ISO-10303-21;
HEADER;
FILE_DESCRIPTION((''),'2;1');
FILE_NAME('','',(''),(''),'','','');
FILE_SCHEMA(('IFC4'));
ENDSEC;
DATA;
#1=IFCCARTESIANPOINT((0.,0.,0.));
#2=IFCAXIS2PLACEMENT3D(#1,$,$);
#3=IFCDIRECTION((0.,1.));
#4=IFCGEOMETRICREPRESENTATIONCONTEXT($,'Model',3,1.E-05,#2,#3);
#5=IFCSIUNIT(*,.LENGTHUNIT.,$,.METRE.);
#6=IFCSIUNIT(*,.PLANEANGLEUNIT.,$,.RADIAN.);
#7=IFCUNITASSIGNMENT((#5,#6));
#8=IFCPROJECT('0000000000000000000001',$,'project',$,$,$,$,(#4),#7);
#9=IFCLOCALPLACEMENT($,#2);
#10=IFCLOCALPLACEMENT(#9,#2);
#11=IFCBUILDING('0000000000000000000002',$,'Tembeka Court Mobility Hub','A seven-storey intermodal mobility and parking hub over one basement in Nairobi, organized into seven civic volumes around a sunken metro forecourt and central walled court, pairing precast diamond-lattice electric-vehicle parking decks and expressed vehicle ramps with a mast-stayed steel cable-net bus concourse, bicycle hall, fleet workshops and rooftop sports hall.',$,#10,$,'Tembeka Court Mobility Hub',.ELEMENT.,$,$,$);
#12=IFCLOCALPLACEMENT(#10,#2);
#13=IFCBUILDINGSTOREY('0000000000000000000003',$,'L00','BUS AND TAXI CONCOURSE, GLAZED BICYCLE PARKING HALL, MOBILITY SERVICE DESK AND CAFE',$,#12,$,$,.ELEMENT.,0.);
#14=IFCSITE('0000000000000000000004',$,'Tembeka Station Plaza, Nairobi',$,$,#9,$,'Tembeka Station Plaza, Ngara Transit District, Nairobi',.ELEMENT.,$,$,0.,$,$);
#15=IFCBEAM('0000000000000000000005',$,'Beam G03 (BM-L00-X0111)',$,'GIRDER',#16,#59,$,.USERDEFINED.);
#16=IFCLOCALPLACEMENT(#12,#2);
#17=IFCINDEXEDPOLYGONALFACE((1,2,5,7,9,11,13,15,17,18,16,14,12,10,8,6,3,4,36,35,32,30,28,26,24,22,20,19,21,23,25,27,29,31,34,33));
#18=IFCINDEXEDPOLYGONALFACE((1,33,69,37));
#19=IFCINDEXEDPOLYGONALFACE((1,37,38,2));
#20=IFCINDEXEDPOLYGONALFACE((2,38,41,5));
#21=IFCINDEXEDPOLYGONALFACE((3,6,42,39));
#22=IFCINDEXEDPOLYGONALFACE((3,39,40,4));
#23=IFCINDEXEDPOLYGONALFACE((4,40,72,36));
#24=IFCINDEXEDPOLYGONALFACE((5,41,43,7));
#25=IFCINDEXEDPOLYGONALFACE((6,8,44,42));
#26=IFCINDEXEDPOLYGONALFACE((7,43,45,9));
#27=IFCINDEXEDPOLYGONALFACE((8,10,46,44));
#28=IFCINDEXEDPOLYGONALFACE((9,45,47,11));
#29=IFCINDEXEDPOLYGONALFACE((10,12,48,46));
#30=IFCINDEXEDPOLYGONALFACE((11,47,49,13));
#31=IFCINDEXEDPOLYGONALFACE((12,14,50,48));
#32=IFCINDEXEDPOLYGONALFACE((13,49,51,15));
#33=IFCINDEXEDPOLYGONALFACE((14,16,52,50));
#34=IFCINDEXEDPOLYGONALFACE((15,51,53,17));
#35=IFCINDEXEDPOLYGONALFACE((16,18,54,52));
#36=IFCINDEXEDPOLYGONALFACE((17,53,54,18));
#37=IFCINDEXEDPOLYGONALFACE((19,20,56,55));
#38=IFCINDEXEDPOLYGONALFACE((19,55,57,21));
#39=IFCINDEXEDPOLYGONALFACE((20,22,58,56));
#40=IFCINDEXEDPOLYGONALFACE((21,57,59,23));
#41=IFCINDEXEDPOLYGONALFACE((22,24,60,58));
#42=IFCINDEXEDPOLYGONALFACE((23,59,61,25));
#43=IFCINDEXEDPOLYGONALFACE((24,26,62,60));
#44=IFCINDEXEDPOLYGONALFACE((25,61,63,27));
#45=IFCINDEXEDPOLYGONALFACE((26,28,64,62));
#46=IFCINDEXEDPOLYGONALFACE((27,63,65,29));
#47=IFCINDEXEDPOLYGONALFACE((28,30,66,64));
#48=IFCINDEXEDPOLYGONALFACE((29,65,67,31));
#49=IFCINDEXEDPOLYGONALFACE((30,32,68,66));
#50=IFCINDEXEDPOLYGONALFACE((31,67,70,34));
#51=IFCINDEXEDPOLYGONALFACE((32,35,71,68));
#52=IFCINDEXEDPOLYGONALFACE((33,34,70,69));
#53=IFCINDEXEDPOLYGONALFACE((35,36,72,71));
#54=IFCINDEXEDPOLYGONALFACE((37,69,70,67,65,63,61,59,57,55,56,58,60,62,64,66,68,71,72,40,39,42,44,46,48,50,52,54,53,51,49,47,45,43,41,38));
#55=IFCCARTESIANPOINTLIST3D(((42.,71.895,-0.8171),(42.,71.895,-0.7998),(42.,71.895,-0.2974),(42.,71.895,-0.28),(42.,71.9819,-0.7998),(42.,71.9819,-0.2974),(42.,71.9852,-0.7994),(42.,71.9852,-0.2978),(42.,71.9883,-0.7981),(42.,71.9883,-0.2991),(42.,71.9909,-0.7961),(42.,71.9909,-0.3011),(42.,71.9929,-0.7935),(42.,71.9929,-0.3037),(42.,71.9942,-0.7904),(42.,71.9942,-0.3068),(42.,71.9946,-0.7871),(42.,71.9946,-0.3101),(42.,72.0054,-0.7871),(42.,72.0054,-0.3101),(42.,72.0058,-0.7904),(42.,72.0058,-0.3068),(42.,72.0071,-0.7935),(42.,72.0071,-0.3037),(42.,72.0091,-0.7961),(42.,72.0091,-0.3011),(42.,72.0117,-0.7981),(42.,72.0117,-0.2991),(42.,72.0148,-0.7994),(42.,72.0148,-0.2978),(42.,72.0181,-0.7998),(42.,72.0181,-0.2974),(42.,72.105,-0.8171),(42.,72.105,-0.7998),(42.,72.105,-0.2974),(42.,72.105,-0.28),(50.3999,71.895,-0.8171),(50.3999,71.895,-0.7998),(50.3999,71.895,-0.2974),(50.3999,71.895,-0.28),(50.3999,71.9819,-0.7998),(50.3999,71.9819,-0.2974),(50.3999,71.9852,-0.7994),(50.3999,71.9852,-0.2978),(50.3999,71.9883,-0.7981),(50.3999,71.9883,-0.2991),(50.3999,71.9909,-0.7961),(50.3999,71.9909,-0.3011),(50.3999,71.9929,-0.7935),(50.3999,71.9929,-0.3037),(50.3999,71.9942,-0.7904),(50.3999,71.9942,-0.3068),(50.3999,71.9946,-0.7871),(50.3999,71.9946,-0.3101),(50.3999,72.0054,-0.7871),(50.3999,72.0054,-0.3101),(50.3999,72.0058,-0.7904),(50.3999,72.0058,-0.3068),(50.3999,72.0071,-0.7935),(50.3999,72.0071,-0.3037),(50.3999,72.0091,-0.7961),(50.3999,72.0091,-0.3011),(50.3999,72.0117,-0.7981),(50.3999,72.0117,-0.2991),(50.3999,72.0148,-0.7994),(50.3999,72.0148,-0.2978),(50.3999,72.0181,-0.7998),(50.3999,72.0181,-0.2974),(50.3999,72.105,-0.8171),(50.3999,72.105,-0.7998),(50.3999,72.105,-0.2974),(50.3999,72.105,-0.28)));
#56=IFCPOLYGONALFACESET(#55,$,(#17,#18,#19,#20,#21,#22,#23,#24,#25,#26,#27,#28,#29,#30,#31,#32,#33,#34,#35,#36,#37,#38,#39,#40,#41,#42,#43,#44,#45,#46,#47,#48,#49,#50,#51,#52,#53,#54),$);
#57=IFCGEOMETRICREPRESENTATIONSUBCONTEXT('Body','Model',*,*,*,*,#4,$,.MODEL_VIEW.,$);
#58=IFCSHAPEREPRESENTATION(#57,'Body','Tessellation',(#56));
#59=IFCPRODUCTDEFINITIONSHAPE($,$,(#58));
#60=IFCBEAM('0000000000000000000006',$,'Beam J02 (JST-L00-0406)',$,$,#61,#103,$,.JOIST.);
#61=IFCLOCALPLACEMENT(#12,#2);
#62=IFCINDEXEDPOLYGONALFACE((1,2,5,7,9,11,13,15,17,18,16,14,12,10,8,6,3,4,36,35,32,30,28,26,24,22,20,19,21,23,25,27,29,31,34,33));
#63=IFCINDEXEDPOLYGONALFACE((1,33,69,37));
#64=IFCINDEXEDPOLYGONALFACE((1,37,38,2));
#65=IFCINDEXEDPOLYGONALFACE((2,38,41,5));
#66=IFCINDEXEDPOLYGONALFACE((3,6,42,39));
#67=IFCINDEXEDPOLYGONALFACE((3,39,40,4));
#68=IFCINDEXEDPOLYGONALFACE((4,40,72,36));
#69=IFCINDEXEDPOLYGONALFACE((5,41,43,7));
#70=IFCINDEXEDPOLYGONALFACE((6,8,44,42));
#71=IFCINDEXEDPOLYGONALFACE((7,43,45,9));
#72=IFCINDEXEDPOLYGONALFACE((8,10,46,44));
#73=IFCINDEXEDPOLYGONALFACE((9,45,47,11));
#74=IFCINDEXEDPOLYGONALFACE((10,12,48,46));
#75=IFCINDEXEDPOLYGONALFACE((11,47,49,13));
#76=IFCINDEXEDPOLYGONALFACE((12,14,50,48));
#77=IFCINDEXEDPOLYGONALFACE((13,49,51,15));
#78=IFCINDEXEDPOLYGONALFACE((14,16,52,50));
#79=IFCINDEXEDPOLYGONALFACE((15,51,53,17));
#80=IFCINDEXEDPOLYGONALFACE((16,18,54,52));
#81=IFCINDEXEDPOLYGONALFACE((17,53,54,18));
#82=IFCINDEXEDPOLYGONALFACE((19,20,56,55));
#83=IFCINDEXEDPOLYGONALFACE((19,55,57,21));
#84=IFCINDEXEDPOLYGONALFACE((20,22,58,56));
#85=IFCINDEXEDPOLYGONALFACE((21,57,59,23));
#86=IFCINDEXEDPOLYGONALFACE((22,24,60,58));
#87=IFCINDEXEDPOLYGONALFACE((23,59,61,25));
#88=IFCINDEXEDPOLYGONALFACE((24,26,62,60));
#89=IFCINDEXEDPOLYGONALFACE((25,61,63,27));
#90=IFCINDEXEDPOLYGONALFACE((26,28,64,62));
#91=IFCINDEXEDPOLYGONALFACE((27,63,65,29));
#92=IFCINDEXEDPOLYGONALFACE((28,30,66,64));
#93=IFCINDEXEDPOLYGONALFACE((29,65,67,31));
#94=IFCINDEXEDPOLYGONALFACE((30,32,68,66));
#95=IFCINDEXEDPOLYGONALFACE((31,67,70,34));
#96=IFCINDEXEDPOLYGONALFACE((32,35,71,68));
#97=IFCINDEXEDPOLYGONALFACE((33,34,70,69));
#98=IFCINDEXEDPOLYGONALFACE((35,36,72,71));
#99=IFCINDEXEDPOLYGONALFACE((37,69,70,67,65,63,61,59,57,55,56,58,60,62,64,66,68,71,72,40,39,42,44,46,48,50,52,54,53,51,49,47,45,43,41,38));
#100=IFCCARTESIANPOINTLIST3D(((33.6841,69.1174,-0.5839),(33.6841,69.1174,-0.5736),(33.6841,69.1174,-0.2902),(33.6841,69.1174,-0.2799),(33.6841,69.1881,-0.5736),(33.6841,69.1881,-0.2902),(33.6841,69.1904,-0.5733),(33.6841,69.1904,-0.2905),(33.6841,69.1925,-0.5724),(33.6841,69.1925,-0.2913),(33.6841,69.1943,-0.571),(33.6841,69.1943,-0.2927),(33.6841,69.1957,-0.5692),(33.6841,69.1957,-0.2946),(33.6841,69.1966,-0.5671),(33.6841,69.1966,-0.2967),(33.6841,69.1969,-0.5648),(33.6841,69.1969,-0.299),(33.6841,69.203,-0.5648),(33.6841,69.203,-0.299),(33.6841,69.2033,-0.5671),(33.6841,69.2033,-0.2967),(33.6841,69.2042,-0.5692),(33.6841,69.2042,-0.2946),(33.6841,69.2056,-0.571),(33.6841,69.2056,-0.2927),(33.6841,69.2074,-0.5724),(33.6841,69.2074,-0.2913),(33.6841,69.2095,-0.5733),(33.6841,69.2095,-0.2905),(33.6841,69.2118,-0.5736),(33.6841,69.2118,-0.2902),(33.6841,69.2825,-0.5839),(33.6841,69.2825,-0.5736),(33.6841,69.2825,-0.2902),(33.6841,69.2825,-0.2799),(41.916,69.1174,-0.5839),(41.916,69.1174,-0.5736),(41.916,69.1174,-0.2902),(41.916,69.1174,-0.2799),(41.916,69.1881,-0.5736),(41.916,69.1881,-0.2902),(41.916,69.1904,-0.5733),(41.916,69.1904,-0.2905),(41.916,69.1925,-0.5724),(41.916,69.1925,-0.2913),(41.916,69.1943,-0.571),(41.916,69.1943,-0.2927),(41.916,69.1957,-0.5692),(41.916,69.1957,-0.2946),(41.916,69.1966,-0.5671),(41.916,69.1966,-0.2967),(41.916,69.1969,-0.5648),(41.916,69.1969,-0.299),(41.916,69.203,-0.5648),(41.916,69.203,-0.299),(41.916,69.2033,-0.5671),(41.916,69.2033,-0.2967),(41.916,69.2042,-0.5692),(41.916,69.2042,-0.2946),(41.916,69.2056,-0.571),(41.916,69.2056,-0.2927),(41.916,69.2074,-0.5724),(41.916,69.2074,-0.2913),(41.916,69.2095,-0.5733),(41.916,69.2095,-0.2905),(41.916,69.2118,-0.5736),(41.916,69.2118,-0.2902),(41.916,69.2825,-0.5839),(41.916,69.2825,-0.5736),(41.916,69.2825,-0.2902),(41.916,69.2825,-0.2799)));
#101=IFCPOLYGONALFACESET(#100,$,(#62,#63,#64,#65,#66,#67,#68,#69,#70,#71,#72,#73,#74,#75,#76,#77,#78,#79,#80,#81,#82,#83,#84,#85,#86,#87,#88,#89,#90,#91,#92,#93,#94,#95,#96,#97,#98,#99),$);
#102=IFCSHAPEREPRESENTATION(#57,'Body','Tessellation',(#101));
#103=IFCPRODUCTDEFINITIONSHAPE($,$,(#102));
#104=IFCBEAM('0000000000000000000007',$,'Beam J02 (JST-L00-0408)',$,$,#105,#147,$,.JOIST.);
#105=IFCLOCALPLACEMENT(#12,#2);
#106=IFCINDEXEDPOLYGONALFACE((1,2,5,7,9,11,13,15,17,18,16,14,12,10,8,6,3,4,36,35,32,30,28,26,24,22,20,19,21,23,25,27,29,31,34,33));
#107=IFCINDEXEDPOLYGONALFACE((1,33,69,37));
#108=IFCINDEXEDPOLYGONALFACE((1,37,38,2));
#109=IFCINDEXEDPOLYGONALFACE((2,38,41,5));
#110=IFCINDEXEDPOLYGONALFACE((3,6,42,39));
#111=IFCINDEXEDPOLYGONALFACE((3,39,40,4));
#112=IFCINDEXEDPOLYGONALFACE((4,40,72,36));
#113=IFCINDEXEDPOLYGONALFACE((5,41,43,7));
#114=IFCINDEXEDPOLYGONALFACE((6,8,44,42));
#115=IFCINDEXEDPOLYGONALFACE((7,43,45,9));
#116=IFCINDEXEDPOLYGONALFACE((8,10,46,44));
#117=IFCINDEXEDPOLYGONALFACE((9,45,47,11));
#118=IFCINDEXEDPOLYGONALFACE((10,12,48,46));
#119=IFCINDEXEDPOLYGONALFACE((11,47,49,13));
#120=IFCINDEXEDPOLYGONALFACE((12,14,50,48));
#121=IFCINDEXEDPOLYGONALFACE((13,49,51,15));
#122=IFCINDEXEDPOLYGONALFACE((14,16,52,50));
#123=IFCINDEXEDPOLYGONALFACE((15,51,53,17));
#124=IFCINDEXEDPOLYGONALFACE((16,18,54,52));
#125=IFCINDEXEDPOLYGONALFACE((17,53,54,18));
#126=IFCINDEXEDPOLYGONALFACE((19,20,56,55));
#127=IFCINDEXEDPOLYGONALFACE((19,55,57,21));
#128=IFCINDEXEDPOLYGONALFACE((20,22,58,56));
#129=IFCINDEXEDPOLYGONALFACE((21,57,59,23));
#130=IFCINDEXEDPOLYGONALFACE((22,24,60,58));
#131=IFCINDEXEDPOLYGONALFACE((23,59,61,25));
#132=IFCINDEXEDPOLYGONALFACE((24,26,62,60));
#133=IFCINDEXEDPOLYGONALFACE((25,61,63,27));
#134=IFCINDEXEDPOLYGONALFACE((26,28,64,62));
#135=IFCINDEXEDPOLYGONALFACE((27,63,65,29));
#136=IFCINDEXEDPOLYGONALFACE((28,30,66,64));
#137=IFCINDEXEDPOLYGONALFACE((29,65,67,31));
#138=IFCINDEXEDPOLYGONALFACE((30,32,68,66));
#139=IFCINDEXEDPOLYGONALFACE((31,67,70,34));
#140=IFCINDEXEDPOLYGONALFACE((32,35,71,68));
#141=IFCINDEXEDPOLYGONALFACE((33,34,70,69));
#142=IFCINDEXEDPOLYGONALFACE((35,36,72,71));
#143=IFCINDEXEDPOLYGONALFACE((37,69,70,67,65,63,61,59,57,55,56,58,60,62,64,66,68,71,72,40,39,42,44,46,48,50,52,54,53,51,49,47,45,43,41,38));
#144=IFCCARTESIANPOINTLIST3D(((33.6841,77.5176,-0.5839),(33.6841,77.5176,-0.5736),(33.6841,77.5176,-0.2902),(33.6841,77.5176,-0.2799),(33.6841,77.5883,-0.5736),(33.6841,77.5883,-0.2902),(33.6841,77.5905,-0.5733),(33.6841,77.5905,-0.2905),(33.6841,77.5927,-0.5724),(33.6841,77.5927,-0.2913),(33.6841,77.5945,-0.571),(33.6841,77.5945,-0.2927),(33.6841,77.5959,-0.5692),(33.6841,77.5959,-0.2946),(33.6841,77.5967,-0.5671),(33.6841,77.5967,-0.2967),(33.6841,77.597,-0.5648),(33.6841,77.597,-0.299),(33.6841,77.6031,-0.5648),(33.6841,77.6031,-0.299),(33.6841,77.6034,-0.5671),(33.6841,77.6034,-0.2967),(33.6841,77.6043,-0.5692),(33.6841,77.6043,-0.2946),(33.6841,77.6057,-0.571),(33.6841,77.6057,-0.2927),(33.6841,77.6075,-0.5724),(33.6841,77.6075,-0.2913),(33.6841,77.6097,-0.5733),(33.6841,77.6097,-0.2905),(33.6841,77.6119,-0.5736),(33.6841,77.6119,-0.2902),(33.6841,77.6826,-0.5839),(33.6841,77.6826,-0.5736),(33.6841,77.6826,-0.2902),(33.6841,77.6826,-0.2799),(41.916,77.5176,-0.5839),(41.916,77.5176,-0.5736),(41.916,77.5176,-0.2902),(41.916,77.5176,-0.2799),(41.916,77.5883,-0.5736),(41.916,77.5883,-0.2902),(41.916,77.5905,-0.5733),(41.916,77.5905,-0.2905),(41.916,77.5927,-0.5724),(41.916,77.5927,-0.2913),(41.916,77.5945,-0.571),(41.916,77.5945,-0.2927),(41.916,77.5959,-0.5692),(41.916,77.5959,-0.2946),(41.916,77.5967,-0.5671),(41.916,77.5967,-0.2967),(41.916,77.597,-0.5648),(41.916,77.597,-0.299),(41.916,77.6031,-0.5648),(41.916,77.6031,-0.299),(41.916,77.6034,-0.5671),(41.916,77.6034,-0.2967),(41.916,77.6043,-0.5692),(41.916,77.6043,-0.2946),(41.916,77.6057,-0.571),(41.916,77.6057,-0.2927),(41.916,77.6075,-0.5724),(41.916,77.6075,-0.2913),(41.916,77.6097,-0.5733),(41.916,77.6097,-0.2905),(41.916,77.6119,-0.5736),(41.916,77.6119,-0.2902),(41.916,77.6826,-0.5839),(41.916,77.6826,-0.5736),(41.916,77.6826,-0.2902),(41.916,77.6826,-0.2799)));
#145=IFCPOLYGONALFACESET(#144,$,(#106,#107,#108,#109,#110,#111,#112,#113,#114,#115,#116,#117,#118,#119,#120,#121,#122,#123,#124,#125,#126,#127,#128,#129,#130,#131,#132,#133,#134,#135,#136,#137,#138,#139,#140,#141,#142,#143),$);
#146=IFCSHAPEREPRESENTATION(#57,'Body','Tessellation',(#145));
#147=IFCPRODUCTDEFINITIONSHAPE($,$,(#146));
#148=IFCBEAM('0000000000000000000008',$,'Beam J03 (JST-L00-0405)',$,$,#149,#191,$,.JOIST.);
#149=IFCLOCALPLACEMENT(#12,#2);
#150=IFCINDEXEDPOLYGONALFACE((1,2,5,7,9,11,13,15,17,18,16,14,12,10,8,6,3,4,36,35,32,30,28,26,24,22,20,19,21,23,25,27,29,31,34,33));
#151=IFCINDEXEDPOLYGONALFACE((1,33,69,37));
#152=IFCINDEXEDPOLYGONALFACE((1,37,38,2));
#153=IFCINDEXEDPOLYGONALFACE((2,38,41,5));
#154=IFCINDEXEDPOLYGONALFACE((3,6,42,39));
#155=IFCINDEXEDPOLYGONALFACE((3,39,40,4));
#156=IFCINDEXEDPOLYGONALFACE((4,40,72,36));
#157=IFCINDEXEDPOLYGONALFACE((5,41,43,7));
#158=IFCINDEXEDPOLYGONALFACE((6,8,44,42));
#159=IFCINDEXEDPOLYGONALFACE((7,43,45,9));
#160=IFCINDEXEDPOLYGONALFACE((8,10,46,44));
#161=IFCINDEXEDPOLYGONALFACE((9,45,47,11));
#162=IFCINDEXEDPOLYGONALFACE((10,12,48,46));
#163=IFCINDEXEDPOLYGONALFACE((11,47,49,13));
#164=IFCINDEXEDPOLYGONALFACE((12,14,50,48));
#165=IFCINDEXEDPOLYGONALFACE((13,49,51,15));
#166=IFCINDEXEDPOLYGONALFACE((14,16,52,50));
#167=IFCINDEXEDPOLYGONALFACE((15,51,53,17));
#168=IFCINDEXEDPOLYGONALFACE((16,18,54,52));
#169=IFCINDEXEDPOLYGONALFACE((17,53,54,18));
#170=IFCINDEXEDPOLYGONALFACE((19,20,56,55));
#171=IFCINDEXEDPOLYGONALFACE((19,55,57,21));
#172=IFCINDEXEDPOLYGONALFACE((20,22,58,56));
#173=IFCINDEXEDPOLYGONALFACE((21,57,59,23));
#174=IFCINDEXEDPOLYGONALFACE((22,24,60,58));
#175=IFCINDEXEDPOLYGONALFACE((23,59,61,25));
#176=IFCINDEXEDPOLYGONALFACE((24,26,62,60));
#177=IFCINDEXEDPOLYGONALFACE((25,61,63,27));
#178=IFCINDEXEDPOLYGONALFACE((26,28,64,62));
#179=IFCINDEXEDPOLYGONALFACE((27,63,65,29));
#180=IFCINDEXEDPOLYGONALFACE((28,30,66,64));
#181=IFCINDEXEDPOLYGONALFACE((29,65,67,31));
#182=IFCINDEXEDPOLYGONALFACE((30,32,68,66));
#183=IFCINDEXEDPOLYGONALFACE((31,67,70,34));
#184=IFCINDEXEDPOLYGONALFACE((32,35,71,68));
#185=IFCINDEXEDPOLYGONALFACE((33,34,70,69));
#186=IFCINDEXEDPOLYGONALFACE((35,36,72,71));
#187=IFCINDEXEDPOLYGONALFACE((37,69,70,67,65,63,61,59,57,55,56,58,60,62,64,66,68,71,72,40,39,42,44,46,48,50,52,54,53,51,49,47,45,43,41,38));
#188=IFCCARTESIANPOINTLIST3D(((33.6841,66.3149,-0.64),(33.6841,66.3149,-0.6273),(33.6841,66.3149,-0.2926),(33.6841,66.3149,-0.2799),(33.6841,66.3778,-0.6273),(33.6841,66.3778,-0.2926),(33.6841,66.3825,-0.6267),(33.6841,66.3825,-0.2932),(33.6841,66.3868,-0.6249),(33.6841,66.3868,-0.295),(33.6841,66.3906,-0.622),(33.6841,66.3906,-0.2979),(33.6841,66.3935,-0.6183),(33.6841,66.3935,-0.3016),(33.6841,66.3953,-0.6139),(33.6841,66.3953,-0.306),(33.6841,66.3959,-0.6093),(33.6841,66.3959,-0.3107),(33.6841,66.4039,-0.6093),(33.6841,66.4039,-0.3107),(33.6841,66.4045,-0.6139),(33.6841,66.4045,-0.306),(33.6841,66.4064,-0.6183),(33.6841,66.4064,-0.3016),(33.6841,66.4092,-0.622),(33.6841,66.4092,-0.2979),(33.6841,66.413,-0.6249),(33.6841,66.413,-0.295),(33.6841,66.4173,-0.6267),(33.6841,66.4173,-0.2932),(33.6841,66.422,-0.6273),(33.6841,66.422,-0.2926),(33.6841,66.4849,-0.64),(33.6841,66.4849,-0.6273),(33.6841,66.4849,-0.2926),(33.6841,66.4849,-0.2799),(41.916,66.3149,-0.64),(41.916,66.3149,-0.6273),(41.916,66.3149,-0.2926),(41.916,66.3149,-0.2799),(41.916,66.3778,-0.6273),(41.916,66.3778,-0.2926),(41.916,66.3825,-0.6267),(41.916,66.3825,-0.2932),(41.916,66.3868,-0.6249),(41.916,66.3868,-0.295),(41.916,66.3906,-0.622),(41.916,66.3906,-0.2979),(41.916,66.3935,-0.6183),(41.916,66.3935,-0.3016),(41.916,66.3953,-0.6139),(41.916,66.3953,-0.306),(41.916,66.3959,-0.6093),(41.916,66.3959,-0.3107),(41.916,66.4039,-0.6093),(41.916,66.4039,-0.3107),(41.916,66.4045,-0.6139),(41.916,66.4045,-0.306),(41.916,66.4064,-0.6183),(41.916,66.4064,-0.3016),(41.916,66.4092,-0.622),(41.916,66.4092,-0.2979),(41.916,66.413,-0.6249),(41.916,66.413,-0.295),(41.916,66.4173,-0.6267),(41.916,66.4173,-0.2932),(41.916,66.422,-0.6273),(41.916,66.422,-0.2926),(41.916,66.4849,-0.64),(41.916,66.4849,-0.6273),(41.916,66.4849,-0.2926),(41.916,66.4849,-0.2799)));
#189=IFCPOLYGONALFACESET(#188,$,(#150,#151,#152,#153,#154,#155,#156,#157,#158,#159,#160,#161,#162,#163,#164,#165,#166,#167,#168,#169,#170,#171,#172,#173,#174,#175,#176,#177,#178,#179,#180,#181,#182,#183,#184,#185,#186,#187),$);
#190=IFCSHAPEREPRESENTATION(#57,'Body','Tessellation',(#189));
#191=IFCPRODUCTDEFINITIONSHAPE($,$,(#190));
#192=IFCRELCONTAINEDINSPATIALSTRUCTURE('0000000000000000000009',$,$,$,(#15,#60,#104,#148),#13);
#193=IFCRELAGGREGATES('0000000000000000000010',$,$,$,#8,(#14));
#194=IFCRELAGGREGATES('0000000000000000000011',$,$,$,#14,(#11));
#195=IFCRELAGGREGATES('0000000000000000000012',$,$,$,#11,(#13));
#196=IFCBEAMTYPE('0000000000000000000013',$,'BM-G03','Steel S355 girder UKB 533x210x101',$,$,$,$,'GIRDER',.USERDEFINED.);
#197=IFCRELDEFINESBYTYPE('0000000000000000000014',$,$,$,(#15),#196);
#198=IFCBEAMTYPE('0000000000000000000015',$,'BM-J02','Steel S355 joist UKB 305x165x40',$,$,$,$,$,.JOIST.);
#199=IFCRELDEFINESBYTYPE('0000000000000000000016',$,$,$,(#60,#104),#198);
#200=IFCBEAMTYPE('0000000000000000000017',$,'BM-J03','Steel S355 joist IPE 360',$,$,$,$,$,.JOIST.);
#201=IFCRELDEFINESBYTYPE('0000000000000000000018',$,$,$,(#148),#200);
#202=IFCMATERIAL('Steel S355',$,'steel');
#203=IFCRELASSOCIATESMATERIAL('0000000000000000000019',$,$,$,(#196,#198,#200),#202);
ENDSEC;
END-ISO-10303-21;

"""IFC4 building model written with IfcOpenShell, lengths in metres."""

from ifc_helpers import new_model, si_unit, direction, frame, origin, origin_2d, place, context, subcontext, project, spatial, i_section, extrude, material, material_profile, profile_set, type_object, element, save


model = new_model("IFC4")

# Units and contexts
model_context = context("Model", 3, precision=1e-05, world=origin(), true_north=direction((0.0, 1.0)))
body_context = subcontext(model_context, "Body", "Model", "MODEL_VIEW")
ifc_project = project(units=[si_unit("LENGTHUNIT", "METRE"), si_unit("PLANEANGLEUNIT", "RADIAN")], contexts=[model_context])

# Site, building, storey
site_placement = place(None, origin())
site = spatial("IfcSite", under=ifc_project, at=site_placement, Name="Tembeka Station Plaza, Nairobi", LongName="Tembeka Station Plaza, Ngara Transit District, Nairobi", CompositionType="ELEMENT", RefElevation=0.0)
building_placement = place(site_placement, origin())
building = spatial("IfcBuilding", under=site, at=building_placement, Name="Tembeka Court Mobility Hub", Description="A seven-storey intermodal mobility and parking hub over one basement in Nairobi, organized into seven civic volumes around a sunken metro forecourt and central walled court, pairing precast diamond-lattice electric-vehicle parking decks and expressed vehicle ramps with a mast-stayed steel cable-net bus concourse, bicycle hall, fleet workshops and rooftop sports hall.", LongName="Tembeka Court Mobility Hub", CompositionType="ELEMENT")
storey_placement = place(building_placement, origin())
storey = spatial("IfcBuildingStorey", under=building, at=storey_placement, Name="L00", Description="BUS AND TAXI CONCOURSE, GLAZED BICYCLE PARKING HALL, MOBILITY SERVICE DESK AND CAFE", CompositionType="ELEMENT", Elevation=0.0)

# Shared definitions
ifc_material_1 = material(Name="Steel S355", Category="steel")

# Beams
ifc_material_profile_1 = material_profile(ifc_material_1, i_section(OverallWidth=0.21, OverallDepth=0.5371, WebThickness=0.0107, FlangeThickness=0.0173, FilletRadius=0.0127, at=origin_2d()), Name="UKB 533x210x101")
ifc_profile_set_1 = profile_set([ifc_material_profile_1], Name="Steel S355")
beam_type_1 = type_object("IfcBeamType", Name="BM-G03", Description="Steel S355 girder UKB 533x210x101", ElementType="GIRDER", PredefinedType="USERDEFINED", material=ifc_profile_set_1)
for number, where, z_axis, x_axis, name in (
    (1, (42.0, 72.0, -0.5486), (1.0, 0.0, 0.0), (0.0, 1.0, 0.0), "Beam G03 (BM-L00-X0111)"),
):
    element("IfcBeam", number, at=place(storey_placement, frame(where, z_axis=z_axis, x_axis=x_axis)), inside=storey, type_object=beam_type_1, Name=name, ObjectType="GIRDER", PredefinedType="USERDEFINED", context=body_context, shape_type="SweptSolid", body=[
        extrude(i_section(OverallWidth=0.21, OverallDepth=0.5371, WebThickness=0.0107, FlangeThickness=0.0173, FilletRadius=0.0127, at=origin_2d()), origin(), (0.0, 0.0, 1.0), 8.3999),
    ])
ifc_material_profile_2 = material_profile(ifc_material_1, i_section(OverallWidth=0.165, OverallDepth=0.304, WebThickness=0.0061, FlangeThickness=0.0103, FilletRadius=0.0088, at=origin_2d()), Name="UKB 305x165x40")
ifc_profile_set_2 = profile_set([ifc_material_profile_2], Name="Steel S355")
beam_type_2 = type_object("IfcBeamType", Name="BM-J02", Description="Steel S355 joist UKB 305x165x40", PredefinedType="JOIST", material=ifc_profile_set_2)
for number, where, z_axis, x_axis, name in (
    (2, (33.6841, 69.2, -0.4319), (1.0, 0.0, 0.0), (0.0, 1.0, 0.0), "Beam J02 (JST-L00-0406)"),
    (3, (33.6841, 77.6001, -0.4319), (1.0, 0.0, 0.0), (0.0, 1.0, 0.0), "Beam J02 (JST-L00-0408)"),
):
    element("IfcBeam", number, at=place(storey_placement, frame(where, z_axis=z_axis, x_axis=x_axis)), inside=storey, type_object=beam_type_2, Name=name, PredefinedType="JOIST", context=body_context, shape_type="SweptSolid", body=[
        extrude(i_section(OverallWidth=0.165, OverallDepth=0.304, WebThickness=0.0061, FlangeThickness=0.0103, FilletRadius=0.0088, at=origin_2d()), origin(), (0.0, 0.0, 1.0), 8.2319),
    ])
ifc_material_profile_3 = material_profile(ifc_material_1, i_section(OverallWidth=0.1699, OverallDepth=0.3601, WebThickness=0.0081, FlangeThickness=0.0127, FilletRadius=0.0181, at=origin_2d()), Name="IPE 360")
ifc_profile_set_3 = profile_set([ifc_material_profile_3], Name="Steel S355")
beam_type_3 = type_object("IfcBeamType", Name="BM-J03", Description="Steel S355 joist IPE 360", PredefinedType="JOIST", material=ifc_profile_set_3)
for number, where, z_axis, x_axis, name in (
    (4, (33.6841, 66.3999, -0.46), (1.0, 0.0, 0.0), (0.0, 1.0, 0.0), "Beam J03 (JST-L00-0405)"),
):
    element("IfcBeam", number, at=place(storey_placement, frame(where, z_axis=z_axis, x_axis=x_axis)), inside=storey, type_object=beam_type_3, Name=name, PredefinedType="JOIST", context=body_context, shape_type="SweptSolid", body=[
        extrude(i_section(OverallWidth=0.1699, OverallDepth=0.3601, WebThickness=0.0081, FlangeThickness=0.0127, FilletRadius=0.0181, at=origin_2d()), origin(), (0.0, 0.0, 1.0), 8.2319),
    ])

save(model, "model.ifc")
